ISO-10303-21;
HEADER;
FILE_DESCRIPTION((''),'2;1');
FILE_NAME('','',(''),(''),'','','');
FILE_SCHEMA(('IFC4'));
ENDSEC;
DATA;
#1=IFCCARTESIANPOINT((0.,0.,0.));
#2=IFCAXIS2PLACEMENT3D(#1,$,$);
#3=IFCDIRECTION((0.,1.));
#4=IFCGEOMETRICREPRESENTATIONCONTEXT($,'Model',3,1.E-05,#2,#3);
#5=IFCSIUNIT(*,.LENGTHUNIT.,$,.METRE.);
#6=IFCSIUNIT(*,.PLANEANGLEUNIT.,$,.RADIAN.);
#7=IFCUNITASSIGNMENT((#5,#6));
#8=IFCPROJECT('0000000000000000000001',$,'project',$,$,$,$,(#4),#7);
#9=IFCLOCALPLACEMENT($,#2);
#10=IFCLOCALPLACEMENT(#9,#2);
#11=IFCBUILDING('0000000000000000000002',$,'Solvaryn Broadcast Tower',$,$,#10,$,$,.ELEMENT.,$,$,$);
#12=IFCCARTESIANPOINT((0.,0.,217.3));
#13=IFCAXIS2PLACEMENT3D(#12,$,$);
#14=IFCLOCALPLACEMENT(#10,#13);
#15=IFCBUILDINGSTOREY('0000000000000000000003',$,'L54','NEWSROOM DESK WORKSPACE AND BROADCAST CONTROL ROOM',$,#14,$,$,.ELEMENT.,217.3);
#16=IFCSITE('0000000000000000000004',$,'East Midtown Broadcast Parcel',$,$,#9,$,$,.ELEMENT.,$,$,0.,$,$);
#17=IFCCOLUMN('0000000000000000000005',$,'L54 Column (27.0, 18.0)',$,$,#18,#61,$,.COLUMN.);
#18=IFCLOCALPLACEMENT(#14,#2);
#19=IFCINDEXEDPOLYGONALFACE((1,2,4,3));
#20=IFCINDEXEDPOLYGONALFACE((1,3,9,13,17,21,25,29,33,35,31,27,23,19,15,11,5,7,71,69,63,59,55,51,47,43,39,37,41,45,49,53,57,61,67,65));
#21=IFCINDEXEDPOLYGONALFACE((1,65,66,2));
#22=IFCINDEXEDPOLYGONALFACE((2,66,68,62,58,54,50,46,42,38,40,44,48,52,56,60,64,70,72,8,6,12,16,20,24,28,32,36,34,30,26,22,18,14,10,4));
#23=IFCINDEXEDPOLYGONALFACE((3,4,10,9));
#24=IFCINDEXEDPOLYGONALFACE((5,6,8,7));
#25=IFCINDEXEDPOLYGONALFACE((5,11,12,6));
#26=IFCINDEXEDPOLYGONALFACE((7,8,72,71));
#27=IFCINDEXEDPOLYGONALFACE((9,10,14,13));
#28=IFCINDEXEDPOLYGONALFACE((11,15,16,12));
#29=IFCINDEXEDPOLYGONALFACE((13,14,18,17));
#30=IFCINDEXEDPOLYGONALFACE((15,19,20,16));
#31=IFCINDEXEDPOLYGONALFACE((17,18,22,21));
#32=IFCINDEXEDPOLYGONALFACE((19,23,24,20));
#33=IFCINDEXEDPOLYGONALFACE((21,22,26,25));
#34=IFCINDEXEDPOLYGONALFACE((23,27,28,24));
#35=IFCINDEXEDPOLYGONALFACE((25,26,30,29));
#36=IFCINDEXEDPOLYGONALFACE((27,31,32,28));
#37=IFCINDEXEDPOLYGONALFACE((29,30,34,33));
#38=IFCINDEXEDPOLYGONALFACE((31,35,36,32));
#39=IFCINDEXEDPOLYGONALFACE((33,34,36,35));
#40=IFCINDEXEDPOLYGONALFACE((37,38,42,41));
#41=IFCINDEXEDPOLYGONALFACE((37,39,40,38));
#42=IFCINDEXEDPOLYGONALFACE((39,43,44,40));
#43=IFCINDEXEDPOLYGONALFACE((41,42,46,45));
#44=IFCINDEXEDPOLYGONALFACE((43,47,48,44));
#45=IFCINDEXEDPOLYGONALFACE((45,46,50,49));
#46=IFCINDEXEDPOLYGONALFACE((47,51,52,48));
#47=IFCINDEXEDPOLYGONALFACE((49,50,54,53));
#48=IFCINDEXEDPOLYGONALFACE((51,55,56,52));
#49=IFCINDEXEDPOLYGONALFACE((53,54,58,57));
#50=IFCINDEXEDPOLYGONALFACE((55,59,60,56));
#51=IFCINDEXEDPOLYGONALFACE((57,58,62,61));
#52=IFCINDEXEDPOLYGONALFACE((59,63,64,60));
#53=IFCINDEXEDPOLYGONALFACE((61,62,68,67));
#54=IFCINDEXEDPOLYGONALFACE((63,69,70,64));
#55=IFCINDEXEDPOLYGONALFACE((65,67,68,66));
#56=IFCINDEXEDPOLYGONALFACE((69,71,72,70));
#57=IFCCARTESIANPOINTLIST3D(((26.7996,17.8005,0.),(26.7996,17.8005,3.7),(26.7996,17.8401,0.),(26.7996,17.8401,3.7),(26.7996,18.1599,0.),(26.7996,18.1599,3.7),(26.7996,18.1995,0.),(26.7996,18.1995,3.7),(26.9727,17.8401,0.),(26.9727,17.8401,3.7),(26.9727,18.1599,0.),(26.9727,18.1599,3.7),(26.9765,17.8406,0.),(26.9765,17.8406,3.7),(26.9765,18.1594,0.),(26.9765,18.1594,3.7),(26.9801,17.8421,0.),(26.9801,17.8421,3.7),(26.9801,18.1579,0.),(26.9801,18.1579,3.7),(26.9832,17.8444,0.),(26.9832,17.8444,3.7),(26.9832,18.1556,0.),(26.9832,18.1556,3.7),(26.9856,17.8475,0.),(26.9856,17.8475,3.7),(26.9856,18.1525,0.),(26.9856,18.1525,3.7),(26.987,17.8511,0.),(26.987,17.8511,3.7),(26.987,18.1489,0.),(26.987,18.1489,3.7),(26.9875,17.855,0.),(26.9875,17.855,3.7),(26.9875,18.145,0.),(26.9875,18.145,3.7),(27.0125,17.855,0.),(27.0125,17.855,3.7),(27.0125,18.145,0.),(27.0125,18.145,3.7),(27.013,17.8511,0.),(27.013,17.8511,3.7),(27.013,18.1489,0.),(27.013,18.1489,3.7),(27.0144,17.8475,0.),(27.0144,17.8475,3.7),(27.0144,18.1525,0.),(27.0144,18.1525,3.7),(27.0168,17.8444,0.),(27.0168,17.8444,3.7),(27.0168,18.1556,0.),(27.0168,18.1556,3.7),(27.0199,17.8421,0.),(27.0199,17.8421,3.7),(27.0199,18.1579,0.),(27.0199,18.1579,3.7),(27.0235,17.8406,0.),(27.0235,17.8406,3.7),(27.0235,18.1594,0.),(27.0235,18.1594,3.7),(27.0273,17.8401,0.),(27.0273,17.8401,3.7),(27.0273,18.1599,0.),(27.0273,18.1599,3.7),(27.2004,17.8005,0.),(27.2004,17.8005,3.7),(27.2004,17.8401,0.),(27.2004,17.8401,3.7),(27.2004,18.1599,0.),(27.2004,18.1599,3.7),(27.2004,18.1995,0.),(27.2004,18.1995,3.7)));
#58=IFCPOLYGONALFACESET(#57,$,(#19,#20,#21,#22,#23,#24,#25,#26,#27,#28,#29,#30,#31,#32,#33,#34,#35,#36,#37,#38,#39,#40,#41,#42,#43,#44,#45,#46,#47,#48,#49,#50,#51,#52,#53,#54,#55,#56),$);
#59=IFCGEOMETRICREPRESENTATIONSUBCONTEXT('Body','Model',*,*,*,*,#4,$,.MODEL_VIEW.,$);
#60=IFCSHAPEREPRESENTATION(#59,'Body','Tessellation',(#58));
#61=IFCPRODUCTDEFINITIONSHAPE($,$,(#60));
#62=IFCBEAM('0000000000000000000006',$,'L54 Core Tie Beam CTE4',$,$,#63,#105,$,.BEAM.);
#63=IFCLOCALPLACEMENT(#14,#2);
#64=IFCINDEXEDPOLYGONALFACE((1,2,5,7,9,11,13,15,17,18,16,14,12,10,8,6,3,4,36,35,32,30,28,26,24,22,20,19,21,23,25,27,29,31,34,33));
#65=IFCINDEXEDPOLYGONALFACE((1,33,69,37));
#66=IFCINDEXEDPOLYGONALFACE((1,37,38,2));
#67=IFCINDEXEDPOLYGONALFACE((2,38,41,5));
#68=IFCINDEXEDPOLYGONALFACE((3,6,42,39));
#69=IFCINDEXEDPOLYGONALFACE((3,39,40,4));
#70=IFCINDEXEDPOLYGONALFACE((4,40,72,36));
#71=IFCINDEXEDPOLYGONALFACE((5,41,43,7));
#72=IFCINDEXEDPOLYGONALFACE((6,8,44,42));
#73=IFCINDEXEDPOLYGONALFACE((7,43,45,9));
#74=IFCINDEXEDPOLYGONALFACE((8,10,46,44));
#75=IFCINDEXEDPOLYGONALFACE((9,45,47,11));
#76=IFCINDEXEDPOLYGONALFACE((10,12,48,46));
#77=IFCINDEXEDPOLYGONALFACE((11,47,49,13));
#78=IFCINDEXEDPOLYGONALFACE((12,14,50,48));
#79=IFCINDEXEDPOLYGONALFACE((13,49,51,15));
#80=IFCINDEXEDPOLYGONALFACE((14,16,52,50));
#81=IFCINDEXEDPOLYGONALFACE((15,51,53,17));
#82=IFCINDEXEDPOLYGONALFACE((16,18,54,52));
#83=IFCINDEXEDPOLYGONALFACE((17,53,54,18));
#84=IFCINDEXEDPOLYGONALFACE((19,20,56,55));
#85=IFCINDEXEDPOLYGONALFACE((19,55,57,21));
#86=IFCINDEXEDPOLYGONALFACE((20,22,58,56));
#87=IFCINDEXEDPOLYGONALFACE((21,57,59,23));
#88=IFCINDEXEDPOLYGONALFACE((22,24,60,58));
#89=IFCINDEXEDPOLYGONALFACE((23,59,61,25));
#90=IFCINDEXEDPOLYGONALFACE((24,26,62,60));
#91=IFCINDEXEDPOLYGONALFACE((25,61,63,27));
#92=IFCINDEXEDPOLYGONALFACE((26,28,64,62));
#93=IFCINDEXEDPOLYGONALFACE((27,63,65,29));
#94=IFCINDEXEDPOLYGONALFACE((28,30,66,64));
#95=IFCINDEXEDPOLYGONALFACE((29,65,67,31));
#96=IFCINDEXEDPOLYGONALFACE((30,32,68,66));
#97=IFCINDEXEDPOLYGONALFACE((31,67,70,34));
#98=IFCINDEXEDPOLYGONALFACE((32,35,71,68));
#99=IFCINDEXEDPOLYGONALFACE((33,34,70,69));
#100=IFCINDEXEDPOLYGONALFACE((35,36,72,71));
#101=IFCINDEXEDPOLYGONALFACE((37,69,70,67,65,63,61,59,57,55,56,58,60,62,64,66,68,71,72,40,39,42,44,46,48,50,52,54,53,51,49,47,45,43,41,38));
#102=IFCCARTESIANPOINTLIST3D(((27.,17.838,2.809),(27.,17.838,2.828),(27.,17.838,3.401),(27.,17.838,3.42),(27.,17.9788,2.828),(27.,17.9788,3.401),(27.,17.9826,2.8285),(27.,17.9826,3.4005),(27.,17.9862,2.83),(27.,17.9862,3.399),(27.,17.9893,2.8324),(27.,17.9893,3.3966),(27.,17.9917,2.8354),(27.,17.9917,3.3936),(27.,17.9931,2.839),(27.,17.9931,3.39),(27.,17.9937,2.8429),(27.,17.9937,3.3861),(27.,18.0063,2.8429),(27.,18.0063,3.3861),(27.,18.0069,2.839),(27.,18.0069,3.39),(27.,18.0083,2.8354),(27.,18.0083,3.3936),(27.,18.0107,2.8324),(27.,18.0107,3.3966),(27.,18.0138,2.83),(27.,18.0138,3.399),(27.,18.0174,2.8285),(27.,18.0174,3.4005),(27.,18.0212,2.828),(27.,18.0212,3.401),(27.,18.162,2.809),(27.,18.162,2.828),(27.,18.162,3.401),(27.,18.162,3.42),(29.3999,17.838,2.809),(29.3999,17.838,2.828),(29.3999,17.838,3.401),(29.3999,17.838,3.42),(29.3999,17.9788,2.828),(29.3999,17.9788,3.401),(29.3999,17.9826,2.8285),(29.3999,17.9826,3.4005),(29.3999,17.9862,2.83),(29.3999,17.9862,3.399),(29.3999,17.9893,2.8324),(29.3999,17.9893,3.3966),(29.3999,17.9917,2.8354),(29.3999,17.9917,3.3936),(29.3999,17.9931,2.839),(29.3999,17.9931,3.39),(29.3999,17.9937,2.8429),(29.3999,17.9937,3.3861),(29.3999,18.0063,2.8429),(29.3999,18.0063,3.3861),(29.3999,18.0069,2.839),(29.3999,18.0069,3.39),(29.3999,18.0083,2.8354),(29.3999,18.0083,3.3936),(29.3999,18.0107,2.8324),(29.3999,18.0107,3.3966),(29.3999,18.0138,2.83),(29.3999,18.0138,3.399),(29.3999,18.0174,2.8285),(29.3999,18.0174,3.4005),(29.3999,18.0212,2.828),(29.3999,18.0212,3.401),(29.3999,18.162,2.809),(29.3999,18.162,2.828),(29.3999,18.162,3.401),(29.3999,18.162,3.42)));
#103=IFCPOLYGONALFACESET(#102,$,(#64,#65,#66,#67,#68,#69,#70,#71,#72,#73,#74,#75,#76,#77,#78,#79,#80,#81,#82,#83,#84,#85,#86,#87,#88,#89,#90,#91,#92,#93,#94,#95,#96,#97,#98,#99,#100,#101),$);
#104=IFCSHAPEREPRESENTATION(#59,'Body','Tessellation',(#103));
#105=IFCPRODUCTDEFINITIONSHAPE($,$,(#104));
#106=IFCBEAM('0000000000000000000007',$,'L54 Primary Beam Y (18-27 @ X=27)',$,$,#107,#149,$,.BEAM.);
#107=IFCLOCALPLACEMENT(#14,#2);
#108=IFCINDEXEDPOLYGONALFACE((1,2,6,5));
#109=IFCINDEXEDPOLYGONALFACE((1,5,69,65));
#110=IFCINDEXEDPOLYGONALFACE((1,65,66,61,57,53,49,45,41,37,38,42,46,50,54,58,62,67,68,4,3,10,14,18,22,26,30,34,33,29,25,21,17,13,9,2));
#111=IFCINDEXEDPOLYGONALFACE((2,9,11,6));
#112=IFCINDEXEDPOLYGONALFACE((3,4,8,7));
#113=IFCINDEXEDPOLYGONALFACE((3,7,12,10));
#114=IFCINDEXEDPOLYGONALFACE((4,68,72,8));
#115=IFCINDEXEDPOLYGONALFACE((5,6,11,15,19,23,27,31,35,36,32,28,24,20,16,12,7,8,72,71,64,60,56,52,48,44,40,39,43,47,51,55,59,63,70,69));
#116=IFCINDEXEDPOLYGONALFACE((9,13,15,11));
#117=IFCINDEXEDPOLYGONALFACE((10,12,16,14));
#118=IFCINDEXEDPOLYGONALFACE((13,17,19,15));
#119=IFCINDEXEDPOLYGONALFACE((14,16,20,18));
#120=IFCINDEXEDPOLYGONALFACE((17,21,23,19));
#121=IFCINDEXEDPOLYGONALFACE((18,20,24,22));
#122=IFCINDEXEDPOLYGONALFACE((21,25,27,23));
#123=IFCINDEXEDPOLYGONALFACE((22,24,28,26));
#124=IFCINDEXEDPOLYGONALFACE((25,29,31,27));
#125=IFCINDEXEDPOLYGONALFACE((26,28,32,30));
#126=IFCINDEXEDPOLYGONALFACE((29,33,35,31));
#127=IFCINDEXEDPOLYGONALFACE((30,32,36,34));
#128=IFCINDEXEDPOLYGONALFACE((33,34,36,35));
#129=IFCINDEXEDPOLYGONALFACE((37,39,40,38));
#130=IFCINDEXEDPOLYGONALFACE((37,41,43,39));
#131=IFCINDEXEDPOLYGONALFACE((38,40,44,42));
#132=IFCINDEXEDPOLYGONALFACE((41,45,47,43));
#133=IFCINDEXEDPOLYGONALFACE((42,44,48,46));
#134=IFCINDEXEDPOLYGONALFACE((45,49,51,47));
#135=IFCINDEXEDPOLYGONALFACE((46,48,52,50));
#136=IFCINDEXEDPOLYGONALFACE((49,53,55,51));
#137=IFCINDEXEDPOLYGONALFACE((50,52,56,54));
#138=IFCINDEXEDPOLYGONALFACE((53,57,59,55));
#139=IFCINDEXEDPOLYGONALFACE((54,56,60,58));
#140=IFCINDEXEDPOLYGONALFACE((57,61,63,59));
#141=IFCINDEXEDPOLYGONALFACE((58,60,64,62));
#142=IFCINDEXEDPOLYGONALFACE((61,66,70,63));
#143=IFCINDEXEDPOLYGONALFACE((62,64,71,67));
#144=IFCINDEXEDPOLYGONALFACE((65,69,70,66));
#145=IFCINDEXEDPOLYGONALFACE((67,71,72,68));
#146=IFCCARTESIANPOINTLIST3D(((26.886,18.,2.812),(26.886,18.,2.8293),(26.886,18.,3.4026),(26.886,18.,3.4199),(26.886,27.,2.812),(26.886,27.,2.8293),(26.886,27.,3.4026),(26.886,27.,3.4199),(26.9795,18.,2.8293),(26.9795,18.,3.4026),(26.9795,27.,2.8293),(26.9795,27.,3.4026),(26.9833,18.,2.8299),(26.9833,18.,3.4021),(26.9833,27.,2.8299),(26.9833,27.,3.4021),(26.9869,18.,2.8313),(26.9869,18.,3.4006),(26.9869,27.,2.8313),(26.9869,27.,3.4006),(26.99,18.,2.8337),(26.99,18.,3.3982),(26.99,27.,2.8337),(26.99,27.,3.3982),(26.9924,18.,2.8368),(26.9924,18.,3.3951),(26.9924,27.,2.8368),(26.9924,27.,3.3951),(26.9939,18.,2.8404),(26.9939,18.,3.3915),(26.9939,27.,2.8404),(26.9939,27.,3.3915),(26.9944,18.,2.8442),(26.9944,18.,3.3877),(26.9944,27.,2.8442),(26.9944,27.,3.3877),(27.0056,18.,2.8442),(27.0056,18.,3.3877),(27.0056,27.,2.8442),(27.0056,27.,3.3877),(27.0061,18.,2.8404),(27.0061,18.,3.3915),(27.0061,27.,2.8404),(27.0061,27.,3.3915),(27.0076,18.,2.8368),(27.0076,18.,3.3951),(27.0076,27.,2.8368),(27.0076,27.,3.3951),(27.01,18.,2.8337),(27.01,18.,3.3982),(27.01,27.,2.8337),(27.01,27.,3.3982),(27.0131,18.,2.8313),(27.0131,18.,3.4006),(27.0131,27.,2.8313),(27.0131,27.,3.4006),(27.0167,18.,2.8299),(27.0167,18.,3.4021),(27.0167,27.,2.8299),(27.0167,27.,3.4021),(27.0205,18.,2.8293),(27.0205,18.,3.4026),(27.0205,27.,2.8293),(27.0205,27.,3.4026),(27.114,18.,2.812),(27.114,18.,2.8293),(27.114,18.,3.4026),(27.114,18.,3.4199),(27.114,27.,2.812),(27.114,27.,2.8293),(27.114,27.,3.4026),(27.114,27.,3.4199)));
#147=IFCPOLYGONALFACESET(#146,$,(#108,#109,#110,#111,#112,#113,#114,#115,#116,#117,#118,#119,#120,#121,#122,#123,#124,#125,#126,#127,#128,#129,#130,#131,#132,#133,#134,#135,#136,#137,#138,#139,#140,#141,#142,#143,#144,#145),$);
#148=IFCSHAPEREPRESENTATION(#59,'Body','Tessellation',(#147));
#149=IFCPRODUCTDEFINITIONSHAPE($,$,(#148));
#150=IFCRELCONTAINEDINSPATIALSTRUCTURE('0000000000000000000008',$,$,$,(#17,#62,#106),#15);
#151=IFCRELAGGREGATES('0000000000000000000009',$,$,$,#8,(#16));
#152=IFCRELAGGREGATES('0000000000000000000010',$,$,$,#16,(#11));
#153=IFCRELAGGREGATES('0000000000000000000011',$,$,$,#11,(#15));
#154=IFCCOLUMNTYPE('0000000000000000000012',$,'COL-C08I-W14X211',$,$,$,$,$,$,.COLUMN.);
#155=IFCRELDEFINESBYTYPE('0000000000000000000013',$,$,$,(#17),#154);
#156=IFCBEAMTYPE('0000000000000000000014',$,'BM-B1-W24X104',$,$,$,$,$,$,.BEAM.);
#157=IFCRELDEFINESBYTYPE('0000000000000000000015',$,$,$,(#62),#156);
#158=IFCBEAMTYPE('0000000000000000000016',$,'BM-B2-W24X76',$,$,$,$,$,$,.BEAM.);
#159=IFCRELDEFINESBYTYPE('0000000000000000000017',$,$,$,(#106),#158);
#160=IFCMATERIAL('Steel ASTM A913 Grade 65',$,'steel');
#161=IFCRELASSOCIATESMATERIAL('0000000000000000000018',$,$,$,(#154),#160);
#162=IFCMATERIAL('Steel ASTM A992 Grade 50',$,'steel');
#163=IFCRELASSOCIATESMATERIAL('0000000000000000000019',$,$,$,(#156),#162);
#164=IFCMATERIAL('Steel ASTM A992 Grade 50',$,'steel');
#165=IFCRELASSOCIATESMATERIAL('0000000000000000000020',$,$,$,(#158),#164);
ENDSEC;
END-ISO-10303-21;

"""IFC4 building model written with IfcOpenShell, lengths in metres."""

from ifc_helpers import new_model, si_unit, direction, frame, origin, origin_2d, place, context, subcontext, project, spatial, i_section, extrude, material, material_profile, profile_set, type_object, element, save


model = new_model("IFC4")

# Units and contexts
model_context = context("Model", 3, precision=1e-05, world=origin(), true_north=direction((0.0, 1.0)))
body_context = subcontext(model_context, "Body", "Model", "MODEL_VIEW")
ifc_project = project(units=[si_unit("LENGTHUNIT", "METRE"), si_unit("PLANEANGLEUNIT", "RADIAN")], contexts=[model_context])

# Site, building, storey
site_placement = place(None, origin())
site = spatial("IfcSite", under=ifc_project, at=site_placement, Name="East Midtown Broadcast Parcel", CompositionType="ELEMENT", RefElevation=0.0)
building_placement = place(site_placement, origin())
building = spatial("IfcBuilding", under=site, at=building_placement, Name="Solvaryn Broadcast Tower", CompositionType="ELEMENT")
storey_placement = place(building_placement, frame((0.0, 0.0, 217.3)))
storey = spatial("IfcBuildingStorey", under=building, at=storey_placement, Name="L54", Description="NEWSROOM DESK WORKSPACE AND BROADCAST CONTROL ROOM", CompositionType="ELEMENT", Elevation=217.3)

# Column
ifc_material_1 = material(Name="Steel ASTM A913 Grade 65", Category="steel")
ifc_material_profile_1 = material_profile(ifc_material_1, i_section(OverallWidth=0.4009, OverallDepth=0.3989, WebThickness=0.0249, FlangeThickness=0.0396, FilletRadius=0.0149, at=origin_2d()))
ifc_profile_set_1 = profile_set([ifc_material_profile_1], Name="Steel ASTM A913 Grade 65")
column_type = type_object("IfcColumnType", Name="COL-C08I-W14X211", PredefinedType="COLUMN", material=ifc_profile_set_1)
column_placement = place(storey_placement, frame((27.0, 18.0, 0.0), z_axis=(0.0, 0.0, 1.0), x_axis=(1.0, 0.0, 0.0)))
element("IfcColumn", 1, at=column_placement, inside=storey, type_object=column_type, Name="L54 Column (27.0, 18.0)", PredefinedType="COLUMN", context=body_context, shape_type="SweptSolid", body=[
    extrude(i_section(OverallWidth=0.4009, OverallDepth=0.3989, WebThickness=0.0249, FlangeThickness=0.0396, FilletRadius=0.0149, at=origin_2d()), origin(), (0.0, 0.0, 1.0), 3.7),
])

# Beams
ifc_material_2 = material(Name="Steel ASTM A992 Grade 50", Category="steel")
ifc_material_profile_2 = material_profile(ifc_material_2, i_section(OverallWidth=0.324, OverallDepth=0.6111, WebThickness=0.0127, FlangeThickness=0.019, FilletRadius=0.0149, at=origin_2d()))
ifc_profile_set_2 = profile_set([ifc_material_profile_2], Name="Steel ASTM A992 Grade 50")
beam_type_1 = type_object("IfcBeamType", Name="BM-B1-W24X104", PredefinedType="BEAM", material=ifc_profile_set_2)
beam_1_placement = place(storey_placement, frame((27.0, 18.0, 3.1145), z_axis=(1.0, 0.0, 0.0), x_axis=(0.0, 1.0, 0.0)))
element("IfcBeam", 2, at=beam_1_placement, inside=storey, type_object=beam_type_1, Name="L54 Core Tie Beam CTE4", PredefinedType="BEAM", context=body_context, shape_type="SweptSolid", body=[
    extrude(i_section(OverallWidth=0.324, OverallDepth=0.6111, WebThickness=0.0127, FlangeThickness=0.019, FilletRadius=0.0149, at=origin_2d()), origin(), (0.0, 0.0, 1.0), 2.3999),
])
ifc_material_3 = material(Name="Steel ASTM A992 Grade 50", Category="steel")
ifc_material_profile_3 = material_profile(ifc_material_3, i_section(OverallWidth=0.228, OverallDepth=0.6079, WebThickness=0.0112, FlangeThickness=0.0173, FilletRadius=0.0149, at=origin_2d()))
ifc_profile_set_3 = profile_set([ifc_material_profile_3], Name="Steel ASTM A992 Grade 50")
beam_type_2 = type_object("IfcBeamType", Name="BM-B2-W24X76", PredefinedType="BEAM", material=ifc_profile_set_3)
beam_2_placement = place(storey_placement, frame((27.0, 18.0, 3.116), z_axis=(0.0, 1.0, 0.0), x_axis=(-1.0, 0.0, 0.0)))
element("IfcBeam", 3, at=beam_2_placement, inside=storey, type_object=beam_type_2, Name="L54 Primary Beam Y (18-27 @ X=27)", PredefinedType="BEAM", context=body_context, shape_type="SweptSolid", body=[
    extrude(i_section(OverallWidth=0.228, OverallDepth=0.6079, WebThickness=0.0112, FlangeThickness=0.0173, FilletRadius=0.0149, at=origin_2d()), origin(), (0.0, 0.0, 1.0), 9.0),
])

save(model, "model.ifc")
